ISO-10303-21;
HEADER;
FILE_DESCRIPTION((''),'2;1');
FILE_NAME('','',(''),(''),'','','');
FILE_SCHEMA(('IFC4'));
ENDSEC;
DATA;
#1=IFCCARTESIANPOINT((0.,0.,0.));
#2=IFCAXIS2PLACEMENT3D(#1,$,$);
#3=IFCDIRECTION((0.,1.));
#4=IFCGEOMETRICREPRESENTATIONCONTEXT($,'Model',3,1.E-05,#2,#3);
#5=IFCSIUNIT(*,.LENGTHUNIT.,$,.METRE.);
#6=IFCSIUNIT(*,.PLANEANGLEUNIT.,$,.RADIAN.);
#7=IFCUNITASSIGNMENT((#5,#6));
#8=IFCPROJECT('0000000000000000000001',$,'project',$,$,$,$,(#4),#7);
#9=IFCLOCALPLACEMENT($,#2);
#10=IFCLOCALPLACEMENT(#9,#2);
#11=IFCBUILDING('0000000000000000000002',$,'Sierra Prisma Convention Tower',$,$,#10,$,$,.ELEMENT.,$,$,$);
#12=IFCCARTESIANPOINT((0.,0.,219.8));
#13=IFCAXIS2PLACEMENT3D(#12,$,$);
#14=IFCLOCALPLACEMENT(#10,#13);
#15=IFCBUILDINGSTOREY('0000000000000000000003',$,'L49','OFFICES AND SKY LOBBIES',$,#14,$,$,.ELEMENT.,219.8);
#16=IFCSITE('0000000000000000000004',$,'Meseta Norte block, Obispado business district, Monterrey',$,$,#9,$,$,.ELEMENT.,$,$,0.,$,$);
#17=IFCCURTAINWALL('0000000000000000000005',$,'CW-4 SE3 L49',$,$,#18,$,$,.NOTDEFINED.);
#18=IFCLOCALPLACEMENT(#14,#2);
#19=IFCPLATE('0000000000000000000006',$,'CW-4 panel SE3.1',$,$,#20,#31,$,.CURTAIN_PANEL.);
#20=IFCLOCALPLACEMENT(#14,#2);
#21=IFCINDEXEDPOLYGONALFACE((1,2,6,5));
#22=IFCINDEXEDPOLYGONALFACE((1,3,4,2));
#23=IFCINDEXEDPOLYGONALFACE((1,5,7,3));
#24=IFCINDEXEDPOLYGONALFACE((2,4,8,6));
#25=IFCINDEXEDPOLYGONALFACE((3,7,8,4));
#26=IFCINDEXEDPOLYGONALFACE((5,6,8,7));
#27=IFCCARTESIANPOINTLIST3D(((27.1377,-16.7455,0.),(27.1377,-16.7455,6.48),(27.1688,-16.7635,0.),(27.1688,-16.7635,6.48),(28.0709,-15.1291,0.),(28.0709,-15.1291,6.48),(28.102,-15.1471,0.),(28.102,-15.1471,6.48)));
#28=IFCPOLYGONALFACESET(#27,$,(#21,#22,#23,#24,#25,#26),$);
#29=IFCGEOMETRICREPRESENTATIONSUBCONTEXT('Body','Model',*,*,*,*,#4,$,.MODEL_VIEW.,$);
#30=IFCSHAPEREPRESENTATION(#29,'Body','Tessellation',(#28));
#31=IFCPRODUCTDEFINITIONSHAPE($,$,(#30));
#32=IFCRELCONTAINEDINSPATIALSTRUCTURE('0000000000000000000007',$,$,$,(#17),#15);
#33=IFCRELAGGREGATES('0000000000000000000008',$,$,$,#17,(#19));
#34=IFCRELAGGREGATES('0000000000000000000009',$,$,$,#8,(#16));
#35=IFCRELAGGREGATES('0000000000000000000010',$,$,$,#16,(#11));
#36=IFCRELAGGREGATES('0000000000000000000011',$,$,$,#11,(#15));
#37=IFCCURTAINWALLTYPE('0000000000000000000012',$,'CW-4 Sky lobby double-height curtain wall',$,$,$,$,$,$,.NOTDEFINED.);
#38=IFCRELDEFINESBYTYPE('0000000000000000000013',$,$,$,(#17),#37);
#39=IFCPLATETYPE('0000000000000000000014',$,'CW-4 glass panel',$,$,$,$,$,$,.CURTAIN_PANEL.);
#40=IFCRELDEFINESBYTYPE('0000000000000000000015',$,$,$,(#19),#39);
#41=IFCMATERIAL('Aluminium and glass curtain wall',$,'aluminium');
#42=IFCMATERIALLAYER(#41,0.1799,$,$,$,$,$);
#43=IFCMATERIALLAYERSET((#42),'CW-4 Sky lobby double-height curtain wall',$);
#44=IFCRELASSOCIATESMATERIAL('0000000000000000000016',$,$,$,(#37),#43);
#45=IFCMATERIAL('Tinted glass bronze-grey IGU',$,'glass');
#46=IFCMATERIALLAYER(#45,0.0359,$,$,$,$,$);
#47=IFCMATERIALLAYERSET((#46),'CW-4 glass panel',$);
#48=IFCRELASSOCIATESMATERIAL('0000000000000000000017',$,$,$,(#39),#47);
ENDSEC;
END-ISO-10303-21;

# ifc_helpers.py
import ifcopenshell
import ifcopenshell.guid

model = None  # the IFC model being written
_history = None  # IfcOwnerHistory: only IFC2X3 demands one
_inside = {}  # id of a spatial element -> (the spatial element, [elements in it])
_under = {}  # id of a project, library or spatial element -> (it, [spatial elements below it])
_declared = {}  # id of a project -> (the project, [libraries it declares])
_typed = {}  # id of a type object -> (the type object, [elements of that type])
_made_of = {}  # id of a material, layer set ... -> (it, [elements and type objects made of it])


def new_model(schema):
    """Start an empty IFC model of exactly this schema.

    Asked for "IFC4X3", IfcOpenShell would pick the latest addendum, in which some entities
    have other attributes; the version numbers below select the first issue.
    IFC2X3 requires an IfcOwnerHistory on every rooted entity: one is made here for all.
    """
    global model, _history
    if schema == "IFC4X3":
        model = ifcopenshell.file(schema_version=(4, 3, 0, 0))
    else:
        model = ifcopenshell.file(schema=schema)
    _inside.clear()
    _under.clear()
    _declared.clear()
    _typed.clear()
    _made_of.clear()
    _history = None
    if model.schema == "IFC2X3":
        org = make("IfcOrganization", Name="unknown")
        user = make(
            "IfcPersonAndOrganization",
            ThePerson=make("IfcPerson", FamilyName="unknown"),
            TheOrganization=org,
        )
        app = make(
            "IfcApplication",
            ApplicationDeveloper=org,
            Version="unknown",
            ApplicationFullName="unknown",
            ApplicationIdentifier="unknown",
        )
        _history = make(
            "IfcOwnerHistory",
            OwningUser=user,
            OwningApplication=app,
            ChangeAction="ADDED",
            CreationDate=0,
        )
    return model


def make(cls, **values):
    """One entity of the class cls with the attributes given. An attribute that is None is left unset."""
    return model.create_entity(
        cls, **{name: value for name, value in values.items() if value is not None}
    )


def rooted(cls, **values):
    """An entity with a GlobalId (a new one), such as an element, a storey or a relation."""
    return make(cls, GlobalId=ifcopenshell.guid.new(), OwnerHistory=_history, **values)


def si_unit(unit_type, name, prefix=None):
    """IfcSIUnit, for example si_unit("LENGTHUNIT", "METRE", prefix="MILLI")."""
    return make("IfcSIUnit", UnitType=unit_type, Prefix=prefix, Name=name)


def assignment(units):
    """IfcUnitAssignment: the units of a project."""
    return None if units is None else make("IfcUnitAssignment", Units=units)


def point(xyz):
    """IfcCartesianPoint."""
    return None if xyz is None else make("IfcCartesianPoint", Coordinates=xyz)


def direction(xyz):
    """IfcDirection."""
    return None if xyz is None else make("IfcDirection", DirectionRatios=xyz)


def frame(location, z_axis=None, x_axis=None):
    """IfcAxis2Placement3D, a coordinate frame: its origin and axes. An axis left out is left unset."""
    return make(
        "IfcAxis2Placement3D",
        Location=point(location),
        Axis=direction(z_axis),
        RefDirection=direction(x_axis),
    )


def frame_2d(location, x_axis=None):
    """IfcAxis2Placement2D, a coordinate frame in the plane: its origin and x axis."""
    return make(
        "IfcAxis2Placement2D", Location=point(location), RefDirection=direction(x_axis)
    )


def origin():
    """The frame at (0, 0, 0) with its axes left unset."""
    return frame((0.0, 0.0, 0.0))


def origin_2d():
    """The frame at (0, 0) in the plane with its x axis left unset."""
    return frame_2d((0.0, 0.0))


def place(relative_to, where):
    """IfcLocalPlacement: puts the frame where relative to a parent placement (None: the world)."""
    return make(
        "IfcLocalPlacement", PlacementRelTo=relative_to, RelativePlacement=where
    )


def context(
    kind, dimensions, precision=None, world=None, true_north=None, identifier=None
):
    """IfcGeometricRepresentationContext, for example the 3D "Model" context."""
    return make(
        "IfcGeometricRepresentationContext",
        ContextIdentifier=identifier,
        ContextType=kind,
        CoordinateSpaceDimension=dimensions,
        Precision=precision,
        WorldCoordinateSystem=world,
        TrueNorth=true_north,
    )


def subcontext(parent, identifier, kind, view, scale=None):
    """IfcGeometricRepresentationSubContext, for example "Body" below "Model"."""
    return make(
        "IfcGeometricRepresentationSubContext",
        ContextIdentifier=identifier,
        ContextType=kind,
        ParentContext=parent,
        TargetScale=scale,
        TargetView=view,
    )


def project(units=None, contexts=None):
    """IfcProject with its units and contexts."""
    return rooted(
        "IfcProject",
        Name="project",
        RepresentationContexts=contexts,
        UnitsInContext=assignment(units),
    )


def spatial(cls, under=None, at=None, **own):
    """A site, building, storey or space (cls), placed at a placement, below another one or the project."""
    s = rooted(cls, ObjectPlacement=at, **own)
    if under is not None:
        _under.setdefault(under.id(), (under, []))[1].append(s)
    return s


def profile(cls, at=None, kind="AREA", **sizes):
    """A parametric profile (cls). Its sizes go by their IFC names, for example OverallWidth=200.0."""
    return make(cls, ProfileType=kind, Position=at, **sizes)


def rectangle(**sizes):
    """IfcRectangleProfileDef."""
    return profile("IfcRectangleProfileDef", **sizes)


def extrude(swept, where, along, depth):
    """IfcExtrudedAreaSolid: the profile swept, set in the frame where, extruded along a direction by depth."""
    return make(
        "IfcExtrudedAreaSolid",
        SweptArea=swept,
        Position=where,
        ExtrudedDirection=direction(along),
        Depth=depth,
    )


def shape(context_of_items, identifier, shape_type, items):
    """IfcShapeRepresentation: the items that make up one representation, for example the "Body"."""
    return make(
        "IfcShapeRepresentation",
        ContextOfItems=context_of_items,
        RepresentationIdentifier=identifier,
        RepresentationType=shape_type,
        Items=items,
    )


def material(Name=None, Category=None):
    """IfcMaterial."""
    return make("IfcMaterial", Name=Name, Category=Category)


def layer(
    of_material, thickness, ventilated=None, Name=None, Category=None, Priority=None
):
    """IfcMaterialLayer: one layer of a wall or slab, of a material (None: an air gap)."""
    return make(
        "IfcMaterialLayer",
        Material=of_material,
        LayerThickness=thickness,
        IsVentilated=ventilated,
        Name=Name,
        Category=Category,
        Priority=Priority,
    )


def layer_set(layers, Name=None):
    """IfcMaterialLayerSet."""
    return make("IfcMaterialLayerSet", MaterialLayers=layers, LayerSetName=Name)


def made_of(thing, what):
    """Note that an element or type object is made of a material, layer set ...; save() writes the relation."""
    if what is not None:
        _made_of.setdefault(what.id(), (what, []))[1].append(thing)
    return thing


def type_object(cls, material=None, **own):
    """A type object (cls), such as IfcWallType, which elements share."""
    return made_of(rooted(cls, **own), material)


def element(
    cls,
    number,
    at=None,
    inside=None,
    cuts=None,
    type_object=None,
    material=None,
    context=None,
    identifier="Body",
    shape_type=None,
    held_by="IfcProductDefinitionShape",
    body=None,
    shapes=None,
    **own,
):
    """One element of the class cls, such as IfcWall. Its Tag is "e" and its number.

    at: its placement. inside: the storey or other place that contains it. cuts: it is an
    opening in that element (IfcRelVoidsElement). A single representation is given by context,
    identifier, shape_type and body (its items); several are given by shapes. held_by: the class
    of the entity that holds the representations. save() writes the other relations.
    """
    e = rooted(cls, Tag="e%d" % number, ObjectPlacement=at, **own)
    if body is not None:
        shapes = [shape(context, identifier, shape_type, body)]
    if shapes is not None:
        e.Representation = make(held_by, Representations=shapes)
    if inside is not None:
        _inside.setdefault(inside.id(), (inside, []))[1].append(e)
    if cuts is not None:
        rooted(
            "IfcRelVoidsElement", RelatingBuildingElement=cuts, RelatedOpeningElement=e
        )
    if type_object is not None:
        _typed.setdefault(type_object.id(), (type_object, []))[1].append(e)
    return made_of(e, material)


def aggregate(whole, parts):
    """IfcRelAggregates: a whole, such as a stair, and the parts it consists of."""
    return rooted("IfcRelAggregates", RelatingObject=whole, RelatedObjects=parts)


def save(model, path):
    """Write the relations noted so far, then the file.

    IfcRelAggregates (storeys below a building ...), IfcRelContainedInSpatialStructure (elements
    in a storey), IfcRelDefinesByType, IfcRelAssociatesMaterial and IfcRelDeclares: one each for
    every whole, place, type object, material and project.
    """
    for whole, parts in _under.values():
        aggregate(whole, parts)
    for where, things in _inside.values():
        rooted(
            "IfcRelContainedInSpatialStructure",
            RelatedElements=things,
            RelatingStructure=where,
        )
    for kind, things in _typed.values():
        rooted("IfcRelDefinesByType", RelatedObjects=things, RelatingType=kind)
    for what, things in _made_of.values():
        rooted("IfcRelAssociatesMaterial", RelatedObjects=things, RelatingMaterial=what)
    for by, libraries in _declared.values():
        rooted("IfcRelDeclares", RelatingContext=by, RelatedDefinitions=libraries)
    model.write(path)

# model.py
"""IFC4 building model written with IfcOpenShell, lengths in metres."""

from ifc_helpers import new_model, si_unit, direction, frame, origin, origin_2d, place, context, subcontext, project, spatial, rectangle, extrude, material, layer, layer_set, type_object, element, aggregate, save


model = new_model("IFC4")

# Units and contexts
model_context = context("Model", 3, precision=1e-05, world=origin(), true_north=direction((0.0, 1.0)))
body_context = subcontext(model_context, "Body", "Model", "MODEL_VIEW")
ifc_project = project(units=[si_unit("LENGTHUNIT", "METRE"), si_unit("PLANEANGLEUNIT", "RADIAN")], contexts=[model_context])

# Site, building, storey
site_placement = place(None, origin())
site = spatial("IfcSite", under=ifc_project, at=site_placement, Name="Meseta Norte block, Obispado business district, Monterrey", CompositionType="ELEMENT", RefElevation=0.0)
building_placement = place(site_placement, origin())
building = spatial("IfcBuilding", under=site, at=building_placement, Name="Sierra Prisma Convention Tower", CompositionType="ELEMENT")
storey_placement = place(building_placement, frame((0.0, 0.0, 219.8)))
storey = spatial("IfcBuildingStorey", under=building, at=storey_placement, Name="L49", Description="OFFICES AND SKY LOBBIES", CompositionType="ELEMENT", Elevation=219.8)

# Curtain wall
ifc_material_1 = material(Name="Aluminium and glass curtain wall", Category="aluminium")
ifc_layer_1 = layer(ifc_material_1, 0.1799)
ifc_layer_set_1 = layer_set([ifc_layer_1], Name="CW-4 Sky lobby double-height curtain wall")
curtain_wall_type = type_object("IfcCurtainWallType", Name="CW-4 Sky lobby double-height curtain wall", PredefinedType="NOTDEFINED", material=ifc_layer_set_1)
curtain_wall_1_placement = place(storey_placement, origin())
curtain_wall_1 = element("IfcCurtainWall", 1, at=curtain_wall_1_placement, inside=storey, type_object=curtain_wall_type, Name="CW-4 SE3 L49", PredefinedType="NOTDEFINED")

# Plate
ifc_material_2 = material(Name="Tinted glass bronze-grey IGU", Category="glass")
ifc_layer_2 = layer(ifc_material_2, 0.0359)
ifc_layer_set_2 = layer_set([ifc_layer_2], Name="CW-4 glass panel")
plate_type = type_object("IfcPlateType", Name="CW-4 glass panel", PredefinedType="CURTAIN_PANEL", material=ifc_layer_set_2)
plate_1_placement = place(storey_placement, frame((27.6199, -15.9463, 0.0), z_axis=(0.0, 0.0, 1.0), x_axis=(0.5, 0.866025, 0.0)))
plate_1 = element("IfcPlate", 2, at=plate_1_placement, type_object=plate_type, Name="CW-4 panel SE3.1", PredefinedType="CURTAIN_PANEL", context=body_context, shape_type="SweptSolid", body=[
    extrude(rectangle(XDim=1.8665, YDim=0.0359, at=origin_2d()), origin(), (0.0, 0.0, 1.0), 6.48),
])
aggregate(curtain_wall_1, [plate_1])

save(model, "model.ifc")
